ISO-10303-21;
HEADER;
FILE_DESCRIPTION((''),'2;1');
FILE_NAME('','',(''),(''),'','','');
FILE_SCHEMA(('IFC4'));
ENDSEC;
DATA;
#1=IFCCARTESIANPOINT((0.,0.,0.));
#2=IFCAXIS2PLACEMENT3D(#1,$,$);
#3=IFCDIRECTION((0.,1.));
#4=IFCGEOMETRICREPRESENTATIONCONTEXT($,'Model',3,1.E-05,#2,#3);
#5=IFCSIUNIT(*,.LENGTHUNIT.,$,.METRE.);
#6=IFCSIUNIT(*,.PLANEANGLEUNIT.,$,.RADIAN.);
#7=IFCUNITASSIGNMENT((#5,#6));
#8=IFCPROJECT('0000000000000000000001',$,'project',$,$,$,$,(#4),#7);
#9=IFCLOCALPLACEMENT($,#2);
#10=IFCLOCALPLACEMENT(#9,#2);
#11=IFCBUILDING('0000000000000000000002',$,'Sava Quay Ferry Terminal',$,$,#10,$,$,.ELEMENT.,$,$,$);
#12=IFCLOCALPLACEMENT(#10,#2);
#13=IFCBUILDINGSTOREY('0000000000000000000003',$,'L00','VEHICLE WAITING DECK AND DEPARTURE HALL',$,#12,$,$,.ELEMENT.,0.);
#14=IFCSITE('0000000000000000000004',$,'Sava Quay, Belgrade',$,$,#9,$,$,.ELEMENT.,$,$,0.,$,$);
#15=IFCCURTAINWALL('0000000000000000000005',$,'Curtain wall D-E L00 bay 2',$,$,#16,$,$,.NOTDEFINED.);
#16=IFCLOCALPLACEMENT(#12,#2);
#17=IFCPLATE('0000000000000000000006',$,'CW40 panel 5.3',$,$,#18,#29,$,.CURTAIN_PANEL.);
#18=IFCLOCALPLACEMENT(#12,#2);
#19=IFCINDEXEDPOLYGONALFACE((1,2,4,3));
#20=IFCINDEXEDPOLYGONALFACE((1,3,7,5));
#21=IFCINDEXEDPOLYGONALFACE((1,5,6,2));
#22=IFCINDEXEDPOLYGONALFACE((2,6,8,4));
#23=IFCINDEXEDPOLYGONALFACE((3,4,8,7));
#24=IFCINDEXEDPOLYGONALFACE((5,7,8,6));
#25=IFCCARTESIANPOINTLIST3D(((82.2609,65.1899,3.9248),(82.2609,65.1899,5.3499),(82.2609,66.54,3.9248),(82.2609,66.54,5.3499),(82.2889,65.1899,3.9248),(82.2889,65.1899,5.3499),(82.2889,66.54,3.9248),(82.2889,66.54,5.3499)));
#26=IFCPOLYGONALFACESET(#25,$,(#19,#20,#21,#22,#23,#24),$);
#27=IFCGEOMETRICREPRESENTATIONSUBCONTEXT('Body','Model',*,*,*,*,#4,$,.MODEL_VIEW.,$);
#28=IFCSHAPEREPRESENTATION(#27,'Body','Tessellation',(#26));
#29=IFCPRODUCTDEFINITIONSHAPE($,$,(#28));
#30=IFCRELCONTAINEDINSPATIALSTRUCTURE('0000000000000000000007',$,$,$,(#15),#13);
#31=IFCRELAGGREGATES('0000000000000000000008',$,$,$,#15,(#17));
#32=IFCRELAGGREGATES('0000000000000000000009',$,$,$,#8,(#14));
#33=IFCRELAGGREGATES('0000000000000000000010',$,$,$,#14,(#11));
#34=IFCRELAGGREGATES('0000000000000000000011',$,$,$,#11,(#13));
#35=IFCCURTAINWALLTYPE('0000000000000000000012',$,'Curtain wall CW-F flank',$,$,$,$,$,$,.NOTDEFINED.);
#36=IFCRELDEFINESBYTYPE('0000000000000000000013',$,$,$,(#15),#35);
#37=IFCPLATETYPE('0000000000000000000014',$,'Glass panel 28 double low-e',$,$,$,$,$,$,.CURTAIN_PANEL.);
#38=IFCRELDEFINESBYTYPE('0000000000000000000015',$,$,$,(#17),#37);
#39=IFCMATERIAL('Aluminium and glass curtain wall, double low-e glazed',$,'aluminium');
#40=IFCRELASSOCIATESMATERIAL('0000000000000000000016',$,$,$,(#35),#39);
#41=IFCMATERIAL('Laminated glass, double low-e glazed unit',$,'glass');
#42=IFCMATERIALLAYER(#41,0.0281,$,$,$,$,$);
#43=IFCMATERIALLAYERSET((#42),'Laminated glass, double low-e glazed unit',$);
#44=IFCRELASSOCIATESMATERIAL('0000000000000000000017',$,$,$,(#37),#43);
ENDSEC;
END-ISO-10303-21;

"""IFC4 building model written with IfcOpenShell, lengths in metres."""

from ifc_helpers import new_model, si_unit, direction, frame, origin, origin_2d, place, context, subcontext, project, spatial, rectangle, extrude, material, layer, layer_set, type_object, element, aggregate, save


model = new_model("IFC4")

# Units and contexts
model_context = context("Model", 3, precision=1e-05, world=origin(), true_north=direction((0.0, 1.0)))
body_context = subcontext(model_context, "Body", "Model", "MODEL_VIEW")
ifc_project = project(units=[si_unit("LENGTHUNIT", "METRE"), si_unit("PLANEANGLEUNIT", "RADIAN")], contexts=[model_context])

# Site, building, storey
site_placement = place(None, origin())
site = spatial("IfcSite", under=ifc_project, at=site_placement, Name="Sava Quay, Belgrade", CompositionType="ELEMENT", RefElevation=0.0)
building_placement = place(site_placement, origin())
building = spatial("IfcBuilding", under=site, at=building_placement, Name="Sava Quay Ferry Terminal", CompositionType="ELEMENT")
storey_placement = place(building_placement, origin())
storey = spatial("IfcBuildingStorey", under=building, at=storey_placement, Name="L00", Description="VEHICLE WAITING DECK AND DEPARTURE HALL", CompositionType="ELEMENT", Elevation=0.0)

# Curtain wall, plate
ifc_material_1 = material(Name="Aluminium and glass curtain wall, double low-e glazed", Category="aluminium")
curtain_wall_type = type_object("IfcCurtainWallType", Name="Curtain wall CW-F flank", PredefinedType="NOTDEFINED", material=ifc_material_1)
curtain_wall_placement = place(storey_placement, origin())
curtain_wall = element("IfcCurtainWall", 1, at=curtain_wall_placement, inside=storey, type_object=curtain_wall_type, Name="Curtain wall D-E L00 bay 2", PredefinedType="NOTDEFINED")
ifc_material_2 = material(Name="Laminated glass, double low-e glazed unit", Category="glass")
ifc_layer = layer(ifc_material_2, 0.0281)
ifc_layer_set = layer_set([ifc_layer], Name="Laminated glass, double low-e glazed unit")
plate_type = type_object("IfcPlateType", Name="Glass panel 28 double low-e", PredefinedType="CURTAIN_PANEL", material=ifc_layer_set)
plate_1_placement = place(storey_placement, frame((82.2749, 65.865, 3.9248), z_axis=(0.0, 0.0, 1.0), x_axis=(0.0, 1.0, 0.0)))
plate_1 = element("IfcPlate", 2, at=plate_1_placement, type_object=plate_type, Name="CW40 panel 5.3", PredefinedType="CURTAIN_PANEL", context=body_context, shape_type="SweptSolid", body=[
    extrude(rectangle(XDim=1.3501, YDim=0.0281, at=origin_2d()), origin(), (0.0, 0.0, 1.0), 1.425),
])
aggregate(curtain_wall, [plate_1])

save(model, "model.ifc")
